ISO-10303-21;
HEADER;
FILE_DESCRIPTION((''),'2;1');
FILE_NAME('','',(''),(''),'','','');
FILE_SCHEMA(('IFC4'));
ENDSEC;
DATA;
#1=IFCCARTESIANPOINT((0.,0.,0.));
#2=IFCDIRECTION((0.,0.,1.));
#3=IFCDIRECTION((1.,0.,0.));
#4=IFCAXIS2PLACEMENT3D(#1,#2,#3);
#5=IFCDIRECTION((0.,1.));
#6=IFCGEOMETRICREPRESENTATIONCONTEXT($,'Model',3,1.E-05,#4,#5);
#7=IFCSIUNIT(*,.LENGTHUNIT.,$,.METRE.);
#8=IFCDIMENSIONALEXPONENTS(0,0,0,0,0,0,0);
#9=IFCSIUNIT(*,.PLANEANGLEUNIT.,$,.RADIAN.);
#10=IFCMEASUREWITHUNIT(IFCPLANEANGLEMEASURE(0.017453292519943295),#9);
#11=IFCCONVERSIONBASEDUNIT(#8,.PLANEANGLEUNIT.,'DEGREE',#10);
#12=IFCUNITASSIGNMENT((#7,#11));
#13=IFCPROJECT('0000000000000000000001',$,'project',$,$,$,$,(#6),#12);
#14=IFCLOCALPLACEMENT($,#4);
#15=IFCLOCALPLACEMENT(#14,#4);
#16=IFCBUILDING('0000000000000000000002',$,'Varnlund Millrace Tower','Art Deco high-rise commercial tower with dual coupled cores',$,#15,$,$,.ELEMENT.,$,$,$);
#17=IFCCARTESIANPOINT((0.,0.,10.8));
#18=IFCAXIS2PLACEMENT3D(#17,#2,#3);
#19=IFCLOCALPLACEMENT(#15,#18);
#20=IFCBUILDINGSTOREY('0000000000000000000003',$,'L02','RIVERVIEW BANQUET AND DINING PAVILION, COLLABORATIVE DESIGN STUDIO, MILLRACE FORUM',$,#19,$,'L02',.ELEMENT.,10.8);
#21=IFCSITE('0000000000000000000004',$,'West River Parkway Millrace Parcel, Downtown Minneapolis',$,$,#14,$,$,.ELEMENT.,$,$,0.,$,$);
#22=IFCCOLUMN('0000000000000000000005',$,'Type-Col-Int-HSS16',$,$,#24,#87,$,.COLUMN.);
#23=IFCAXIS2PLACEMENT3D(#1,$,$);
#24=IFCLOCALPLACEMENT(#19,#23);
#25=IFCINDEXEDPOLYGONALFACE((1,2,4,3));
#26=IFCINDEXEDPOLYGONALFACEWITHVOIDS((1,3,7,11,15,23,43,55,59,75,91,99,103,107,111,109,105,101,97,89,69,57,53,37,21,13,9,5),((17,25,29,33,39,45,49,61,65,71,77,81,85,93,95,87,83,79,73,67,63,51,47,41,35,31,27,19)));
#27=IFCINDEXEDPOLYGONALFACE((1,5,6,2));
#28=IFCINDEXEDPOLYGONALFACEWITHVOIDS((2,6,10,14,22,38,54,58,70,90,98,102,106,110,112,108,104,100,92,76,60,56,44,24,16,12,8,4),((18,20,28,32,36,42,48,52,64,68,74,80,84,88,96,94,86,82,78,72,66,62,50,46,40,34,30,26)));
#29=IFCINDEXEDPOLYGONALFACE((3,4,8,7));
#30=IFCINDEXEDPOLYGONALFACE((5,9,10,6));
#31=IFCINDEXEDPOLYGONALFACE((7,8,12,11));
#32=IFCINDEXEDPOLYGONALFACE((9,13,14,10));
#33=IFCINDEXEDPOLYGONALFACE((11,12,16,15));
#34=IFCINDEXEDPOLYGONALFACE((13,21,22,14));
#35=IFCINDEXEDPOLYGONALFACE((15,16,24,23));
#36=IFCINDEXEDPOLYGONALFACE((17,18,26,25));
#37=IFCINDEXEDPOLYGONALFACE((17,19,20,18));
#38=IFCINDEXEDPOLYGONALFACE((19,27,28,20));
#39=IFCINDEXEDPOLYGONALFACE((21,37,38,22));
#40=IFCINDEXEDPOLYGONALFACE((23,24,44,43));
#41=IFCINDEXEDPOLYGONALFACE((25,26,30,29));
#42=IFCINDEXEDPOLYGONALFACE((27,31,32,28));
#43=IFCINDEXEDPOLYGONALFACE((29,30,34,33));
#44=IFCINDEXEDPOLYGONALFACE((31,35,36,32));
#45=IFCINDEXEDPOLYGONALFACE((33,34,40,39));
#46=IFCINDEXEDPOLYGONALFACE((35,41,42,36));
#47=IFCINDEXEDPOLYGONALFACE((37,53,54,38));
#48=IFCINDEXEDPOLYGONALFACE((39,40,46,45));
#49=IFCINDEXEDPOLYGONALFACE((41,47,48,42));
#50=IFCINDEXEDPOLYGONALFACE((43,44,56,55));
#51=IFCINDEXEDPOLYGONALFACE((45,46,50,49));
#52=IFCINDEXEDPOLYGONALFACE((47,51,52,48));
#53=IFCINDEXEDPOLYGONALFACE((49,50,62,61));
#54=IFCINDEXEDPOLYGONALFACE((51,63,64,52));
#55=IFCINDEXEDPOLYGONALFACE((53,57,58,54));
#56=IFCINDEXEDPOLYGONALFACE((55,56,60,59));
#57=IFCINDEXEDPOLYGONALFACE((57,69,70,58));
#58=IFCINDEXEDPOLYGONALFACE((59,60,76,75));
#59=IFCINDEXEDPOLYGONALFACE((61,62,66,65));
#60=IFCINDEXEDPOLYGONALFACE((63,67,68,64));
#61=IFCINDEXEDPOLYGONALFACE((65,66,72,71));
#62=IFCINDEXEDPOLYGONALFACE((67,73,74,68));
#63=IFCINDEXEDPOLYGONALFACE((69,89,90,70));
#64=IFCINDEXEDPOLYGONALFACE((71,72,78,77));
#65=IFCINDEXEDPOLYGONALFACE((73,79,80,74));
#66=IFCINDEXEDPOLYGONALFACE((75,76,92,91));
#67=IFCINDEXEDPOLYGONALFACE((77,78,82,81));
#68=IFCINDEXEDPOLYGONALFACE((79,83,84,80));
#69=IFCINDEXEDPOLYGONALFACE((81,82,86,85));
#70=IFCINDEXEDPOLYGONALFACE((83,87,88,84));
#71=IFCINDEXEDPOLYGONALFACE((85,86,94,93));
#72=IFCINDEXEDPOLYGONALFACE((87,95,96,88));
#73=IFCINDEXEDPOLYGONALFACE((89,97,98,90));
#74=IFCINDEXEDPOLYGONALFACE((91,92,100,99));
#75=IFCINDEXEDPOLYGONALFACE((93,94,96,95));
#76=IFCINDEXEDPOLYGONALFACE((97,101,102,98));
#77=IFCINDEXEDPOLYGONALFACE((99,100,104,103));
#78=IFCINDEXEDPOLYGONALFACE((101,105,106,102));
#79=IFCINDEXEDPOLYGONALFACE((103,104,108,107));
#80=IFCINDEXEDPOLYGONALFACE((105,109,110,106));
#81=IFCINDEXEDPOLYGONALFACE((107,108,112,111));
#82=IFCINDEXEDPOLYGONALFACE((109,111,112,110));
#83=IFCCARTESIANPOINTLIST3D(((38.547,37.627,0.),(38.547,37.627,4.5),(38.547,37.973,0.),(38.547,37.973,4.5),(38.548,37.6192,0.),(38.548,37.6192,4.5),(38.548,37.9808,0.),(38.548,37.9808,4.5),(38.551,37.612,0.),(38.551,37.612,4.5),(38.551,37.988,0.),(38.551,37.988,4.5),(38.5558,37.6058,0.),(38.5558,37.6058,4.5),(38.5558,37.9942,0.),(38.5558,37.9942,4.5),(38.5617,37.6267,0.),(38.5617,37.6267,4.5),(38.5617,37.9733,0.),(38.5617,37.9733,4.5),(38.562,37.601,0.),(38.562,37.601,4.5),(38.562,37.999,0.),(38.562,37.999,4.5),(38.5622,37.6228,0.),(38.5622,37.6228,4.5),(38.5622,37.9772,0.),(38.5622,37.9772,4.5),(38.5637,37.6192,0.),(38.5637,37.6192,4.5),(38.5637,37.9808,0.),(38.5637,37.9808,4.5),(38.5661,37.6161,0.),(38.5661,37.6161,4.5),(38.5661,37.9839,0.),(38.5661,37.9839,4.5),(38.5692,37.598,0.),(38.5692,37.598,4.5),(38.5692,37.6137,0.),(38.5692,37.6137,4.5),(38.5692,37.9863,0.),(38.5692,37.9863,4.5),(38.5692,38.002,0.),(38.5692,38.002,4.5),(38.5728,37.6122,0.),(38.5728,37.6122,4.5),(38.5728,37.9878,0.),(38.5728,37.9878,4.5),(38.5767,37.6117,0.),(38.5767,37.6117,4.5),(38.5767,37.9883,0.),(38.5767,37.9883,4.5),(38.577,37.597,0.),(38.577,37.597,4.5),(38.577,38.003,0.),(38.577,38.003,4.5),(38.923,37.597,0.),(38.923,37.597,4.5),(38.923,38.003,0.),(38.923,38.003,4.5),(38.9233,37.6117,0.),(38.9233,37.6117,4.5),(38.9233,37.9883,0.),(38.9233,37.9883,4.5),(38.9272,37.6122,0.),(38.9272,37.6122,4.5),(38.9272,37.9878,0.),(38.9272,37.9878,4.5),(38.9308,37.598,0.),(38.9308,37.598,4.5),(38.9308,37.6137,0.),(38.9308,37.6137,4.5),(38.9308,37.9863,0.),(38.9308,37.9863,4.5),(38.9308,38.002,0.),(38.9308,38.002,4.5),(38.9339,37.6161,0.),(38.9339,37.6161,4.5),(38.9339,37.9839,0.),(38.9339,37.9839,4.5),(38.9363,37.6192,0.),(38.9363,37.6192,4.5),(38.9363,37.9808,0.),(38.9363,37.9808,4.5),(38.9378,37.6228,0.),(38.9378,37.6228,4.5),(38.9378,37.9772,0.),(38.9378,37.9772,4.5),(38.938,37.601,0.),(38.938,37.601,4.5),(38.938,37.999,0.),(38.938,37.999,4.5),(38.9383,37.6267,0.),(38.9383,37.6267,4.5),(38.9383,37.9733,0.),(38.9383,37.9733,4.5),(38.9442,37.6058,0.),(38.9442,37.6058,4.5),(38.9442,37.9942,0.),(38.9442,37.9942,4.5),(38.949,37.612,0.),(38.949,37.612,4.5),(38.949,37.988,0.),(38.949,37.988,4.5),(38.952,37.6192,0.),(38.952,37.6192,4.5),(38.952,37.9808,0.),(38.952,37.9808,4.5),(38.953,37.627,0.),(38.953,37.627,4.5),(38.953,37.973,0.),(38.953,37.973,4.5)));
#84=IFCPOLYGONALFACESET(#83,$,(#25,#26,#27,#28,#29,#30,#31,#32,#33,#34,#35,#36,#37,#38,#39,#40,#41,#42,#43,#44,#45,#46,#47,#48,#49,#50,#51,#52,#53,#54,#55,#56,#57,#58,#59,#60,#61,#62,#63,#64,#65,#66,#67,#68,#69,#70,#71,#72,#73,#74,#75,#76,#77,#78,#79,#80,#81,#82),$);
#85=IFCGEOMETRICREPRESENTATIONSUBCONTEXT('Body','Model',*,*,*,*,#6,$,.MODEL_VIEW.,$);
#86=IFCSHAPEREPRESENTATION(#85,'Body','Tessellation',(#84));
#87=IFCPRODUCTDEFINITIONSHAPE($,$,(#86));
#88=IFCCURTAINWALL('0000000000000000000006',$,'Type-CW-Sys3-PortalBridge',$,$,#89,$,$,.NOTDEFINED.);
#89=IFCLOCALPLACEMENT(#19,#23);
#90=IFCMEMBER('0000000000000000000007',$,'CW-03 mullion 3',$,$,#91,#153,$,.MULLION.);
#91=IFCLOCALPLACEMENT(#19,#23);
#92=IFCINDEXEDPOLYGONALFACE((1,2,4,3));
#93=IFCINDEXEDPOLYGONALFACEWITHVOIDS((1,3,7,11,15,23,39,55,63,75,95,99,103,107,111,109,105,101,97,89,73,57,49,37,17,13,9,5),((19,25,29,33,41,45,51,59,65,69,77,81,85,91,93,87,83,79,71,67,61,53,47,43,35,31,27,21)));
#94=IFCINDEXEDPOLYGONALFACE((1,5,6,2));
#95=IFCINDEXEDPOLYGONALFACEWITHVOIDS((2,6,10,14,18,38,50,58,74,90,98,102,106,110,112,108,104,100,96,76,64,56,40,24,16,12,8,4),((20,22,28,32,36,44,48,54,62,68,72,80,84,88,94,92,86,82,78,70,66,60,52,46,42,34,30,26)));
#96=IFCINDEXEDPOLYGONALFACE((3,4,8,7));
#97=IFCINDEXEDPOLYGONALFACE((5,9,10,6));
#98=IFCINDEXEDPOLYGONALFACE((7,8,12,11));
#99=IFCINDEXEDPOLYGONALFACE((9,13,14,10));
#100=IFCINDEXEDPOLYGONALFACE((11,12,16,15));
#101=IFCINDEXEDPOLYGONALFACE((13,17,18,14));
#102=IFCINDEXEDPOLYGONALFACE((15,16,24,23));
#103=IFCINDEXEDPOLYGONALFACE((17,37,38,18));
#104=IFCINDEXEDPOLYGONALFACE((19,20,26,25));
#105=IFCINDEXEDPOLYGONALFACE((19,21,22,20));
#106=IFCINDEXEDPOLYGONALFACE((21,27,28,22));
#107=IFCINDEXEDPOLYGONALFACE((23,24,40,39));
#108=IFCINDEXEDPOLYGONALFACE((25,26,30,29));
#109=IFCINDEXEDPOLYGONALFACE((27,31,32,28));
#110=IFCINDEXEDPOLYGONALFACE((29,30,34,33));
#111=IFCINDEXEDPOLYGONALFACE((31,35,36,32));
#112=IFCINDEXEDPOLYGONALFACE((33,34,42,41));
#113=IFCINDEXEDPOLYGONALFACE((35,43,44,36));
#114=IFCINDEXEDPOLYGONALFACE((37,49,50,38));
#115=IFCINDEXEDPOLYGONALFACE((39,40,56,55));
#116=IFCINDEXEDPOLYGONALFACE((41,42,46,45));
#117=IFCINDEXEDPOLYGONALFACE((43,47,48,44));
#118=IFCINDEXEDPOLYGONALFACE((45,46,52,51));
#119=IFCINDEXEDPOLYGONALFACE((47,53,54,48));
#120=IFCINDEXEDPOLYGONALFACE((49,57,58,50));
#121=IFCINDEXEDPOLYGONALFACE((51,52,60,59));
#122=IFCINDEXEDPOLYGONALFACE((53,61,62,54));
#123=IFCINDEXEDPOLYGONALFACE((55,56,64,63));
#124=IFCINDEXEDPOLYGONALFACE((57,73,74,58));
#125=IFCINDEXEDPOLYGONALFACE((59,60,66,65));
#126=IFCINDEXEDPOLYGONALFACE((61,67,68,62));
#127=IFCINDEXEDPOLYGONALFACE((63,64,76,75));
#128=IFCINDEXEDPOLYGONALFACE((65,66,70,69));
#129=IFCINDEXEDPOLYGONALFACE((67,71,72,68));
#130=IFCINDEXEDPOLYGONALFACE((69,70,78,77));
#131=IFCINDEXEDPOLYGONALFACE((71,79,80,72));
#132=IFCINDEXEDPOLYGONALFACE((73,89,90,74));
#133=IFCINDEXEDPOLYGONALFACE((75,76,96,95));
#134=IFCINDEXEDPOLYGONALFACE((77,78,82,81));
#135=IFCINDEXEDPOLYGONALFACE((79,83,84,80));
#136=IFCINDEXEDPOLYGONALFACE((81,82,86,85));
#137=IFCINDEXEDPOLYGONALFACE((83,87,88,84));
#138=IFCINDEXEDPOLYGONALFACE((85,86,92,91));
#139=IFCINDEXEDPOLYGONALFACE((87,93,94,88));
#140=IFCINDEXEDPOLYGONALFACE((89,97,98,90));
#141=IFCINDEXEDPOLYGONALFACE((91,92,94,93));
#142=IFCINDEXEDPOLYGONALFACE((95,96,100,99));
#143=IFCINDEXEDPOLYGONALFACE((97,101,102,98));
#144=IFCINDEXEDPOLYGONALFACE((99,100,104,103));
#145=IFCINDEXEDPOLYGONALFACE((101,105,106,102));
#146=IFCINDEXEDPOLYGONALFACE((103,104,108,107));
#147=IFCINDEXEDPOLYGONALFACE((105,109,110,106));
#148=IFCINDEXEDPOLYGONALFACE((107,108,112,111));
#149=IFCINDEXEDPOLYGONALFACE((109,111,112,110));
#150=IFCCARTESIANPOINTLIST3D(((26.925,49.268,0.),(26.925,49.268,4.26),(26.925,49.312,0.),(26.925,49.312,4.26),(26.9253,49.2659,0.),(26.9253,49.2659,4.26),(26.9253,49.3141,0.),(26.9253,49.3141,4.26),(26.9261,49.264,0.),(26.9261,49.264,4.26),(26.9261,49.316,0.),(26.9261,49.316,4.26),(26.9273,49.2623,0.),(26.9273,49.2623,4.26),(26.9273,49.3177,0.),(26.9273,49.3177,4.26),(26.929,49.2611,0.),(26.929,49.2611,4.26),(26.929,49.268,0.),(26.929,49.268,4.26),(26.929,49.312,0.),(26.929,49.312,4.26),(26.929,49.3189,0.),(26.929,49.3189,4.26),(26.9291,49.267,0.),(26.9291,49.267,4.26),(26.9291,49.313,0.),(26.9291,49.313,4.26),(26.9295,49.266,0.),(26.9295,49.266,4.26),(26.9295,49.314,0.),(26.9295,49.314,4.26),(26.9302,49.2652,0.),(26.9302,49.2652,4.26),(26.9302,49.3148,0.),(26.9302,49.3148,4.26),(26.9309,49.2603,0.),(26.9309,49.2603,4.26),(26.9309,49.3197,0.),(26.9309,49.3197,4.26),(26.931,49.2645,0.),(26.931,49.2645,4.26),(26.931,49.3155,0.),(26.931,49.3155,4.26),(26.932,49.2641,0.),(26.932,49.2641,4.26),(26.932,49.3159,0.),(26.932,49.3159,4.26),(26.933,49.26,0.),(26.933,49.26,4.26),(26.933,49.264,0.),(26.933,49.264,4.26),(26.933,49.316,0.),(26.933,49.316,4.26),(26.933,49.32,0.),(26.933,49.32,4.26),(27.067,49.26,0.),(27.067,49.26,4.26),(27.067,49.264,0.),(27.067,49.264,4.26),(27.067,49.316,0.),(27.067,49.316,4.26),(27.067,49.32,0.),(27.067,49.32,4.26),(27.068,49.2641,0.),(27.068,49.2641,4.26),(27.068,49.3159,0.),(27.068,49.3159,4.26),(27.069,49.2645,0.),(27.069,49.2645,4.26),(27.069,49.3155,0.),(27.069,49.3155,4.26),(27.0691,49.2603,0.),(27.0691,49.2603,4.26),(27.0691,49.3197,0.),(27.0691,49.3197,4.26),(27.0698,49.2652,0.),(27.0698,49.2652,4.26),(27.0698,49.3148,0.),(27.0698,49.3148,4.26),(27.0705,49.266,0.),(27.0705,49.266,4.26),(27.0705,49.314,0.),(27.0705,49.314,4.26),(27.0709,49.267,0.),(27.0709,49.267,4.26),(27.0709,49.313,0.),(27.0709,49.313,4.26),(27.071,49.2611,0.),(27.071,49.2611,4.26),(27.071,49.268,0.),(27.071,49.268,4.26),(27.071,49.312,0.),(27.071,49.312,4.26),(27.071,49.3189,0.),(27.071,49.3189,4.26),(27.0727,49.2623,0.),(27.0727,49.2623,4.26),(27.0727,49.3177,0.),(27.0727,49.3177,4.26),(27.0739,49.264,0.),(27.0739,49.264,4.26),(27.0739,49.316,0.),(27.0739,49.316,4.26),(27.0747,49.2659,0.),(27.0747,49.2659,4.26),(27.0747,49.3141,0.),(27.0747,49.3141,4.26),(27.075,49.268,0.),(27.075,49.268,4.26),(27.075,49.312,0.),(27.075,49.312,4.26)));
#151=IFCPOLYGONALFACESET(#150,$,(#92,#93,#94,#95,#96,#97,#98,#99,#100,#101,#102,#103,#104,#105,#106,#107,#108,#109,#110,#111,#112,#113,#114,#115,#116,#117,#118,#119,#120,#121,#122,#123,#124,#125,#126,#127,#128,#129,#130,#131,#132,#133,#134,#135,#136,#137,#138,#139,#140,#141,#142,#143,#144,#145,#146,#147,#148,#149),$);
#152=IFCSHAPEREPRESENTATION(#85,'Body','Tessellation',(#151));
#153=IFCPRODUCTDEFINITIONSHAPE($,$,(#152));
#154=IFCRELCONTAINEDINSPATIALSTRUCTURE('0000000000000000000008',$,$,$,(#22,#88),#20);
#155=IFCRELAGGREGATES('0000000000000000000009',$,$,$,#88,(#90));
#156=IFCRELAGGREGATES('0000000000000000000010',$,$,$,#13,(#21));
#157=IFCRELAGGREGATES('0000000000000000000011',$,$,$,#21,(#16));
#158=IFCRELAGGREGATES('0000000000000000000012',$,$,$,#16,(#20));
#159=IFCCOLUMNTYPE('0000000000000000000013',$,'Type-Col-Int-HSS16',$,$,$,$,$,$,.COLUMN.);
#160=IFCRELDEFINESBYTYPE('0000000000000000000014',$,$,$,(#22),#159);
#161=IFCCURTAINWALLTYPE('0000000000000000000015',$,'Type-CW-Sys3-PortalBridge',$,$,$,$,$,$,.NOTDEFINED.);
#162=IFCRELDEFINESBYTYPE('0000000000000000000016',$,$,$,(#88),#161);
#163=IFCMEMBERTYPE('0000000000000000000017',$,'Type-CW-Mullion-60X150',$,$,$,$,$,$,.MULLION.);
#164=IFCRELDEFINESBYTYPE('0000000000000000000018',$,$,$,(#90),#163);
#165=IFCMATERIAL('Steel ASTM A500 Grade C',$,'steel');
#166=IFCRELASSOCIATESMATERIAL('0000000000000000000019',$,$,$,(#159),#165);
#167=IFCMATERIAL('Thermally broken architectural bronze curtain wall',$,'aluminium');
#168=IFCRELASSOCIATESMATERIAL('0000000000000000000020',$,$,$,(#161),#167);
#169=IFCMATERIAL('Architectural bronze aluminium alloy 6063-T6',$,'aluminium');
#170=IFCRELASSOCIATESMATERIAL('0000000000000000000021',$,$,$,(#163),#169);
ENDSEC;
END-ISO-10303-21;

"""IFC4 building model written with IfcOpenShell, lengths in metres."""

from ifc_helpers import new_model, entity, si_unit, converted_unit, direction, frame, origin_with_axes, origin_2d_with_axis, place, context, subcontext, project, spatial, hollow_rectangle, extrude, material, material_profile, profile_set, type_object, element, aggregate, save


model = new_model("IFC4")

# Units and contexts
model_context = context("Model", 3, precision=1e-05, world=origin_with_axes(), true_north=direction((0.0, 1.0)))
body_context = subcontext(model_context, "Body", "Model", "MODEL_VIEW")
ifc_project = project(units=[si_unit("LENGTHUNIT", "METRE"), converted_unit("PLANEANGLEUNIT", "DEGREE", entity("IfcPlaneAngleMeasure", 0.017453292519943295), si_unit("PLANEANGLEUNIT", "RADIAN"), dimensions=[0, 0, 0, 0, 0, 0, 0])], contexts=[model_context])

# Site, building, storey
site_placement = place(None, origin_with_axes())
site = spatial("IfcSite", under=ifc_project, at=site_placement, Name="West River Parkway Millrace Parcel, Downtown Minneapolis", CompositionType="ELEMENT", RefElevation=0.0)
building_placement = place(site_placement, origin_with_axes())
building = spatial("IfcBuilding", under=site, at=building_placement, Name="Varnlund Millrace Tower", Description="Art Deco high-rise commercial tower with dual coupled cores", CompositionType="ELEMENT")
storey_placement = place(building_placement, frame((0.0, 0.0, 10.8), z_axis=(0.0, 0.0, 1.0), x_axis=(1.0, 0.0, 0.0)))
storey = spatial("IfcBuildingStorey", under=building, at=storey_placement, Name="L02", Description="RIVERVIEW BANQUET AND DINING PAVILION, COLLABORATIVE DESIGN STUDIO, MILLRACE FORUM", LongName="L02", CompositionType="ELEMENT", Elevation=10.8)

# Column
ifc_material_1 = material(Name="Steel ASTM A500 Grade C", Category="steel")
ifc_material_profile_1 = material_profile(ifc_material_1, hollow_rectangle(XDim=0.406, YDim=0.406, WallThickness=0.0147, InnerFilletRadius=0.015, OuterFilletRadius=0.03, at=origin_2d_with_axis()), Name="Steel ASTM A500 Grade C")
ifc_profile_set_1 = profile_set([ifc_material_profile_1], Name="Steel ASTM A500 Grade C")
column_type = type_object("IfcColumnType", Name="Type-Col-Int-HSS16", PredefinedType="COLUMN", material=ifc_profile_set_1)
column_placement = place(storey_placement, frame((38.75, 37.8, 0.0), z_axis=(0.0, 0.0, 1.0), x_axis=(1.0, 0.0, 0.0)))
element("IfcColumn", 1, at=column_placement, inside=storey, type_object=column_type, Name="Type-Col-Int-HSS16", PredefinedType="COLUMN", context=body_context, shape_type="SweptSolid", body=[
    extrude(hollow_rectangle(XDim=0.406, YDim=0.406, WallThickness=0.0147, InnerFilletRadius=0.015, OuterFilletRadius=0.03, at=origin_2d_with_axis()), origin_with_axes(), (0.0, 0.0, 1.0), 4.5),
])

# Curtain wall, member
ifc_material_2 = material(Name="Thermally broken architectural bronze curtain wall", Category="aluminium")
curtain_wall_type = type_object("IfcCurtainWallType", Name="Type-CW-Sys3-PortalBridge", PredefinedType="NOTDEFINED", material=ifc_material_2)
curtain_wall_placement = place(storey_placement, frame((24.0, 49.29, 0.0), z_axis=(0.0, 0.0, 1.0), x_axis=(1.0, 0.0, 0.0)))
curtain_wall = element("IfcCurtainWall", 2, at=curtain_wall_placement, inside=storey, type_object=curtain_wall_type, Name="Type-CW-Sys3-PortalBridge", PredefinedType="NOTDEFINED")
ifc_material_3 = material(Name="Architectural bronze aluminium alloy 6063-T6", Category="aluminium")
ifc_material_profile_2 = material_profile(ifc_material_3, hollow_rectangle(XDim=0.06, YDim=0.15, WallThickness=0.004, InnerFilletRadius=0.004, OuterFilletRadius=0.008, at=origin_2d_with_axis()), Name="Architectural bronze aluminium alloy 6063-T6")
ifc_profile_set_2 = profile_set([ifc_material_profile_2], Name="Architectural bronze aluminium alloy 6063-T6")
member_type_1 = type_object("IfcMemberType", Name="Type-CW-Mullion-60X150", PredefinedType="MULLION", material=ifc_profile_set_2)
member_1_placement = place(storey_placement, frame((27.0, 49.29, 0.0), z_axis=(0.0, 0.0, 1.0), x_axis=(0.0, 1.0, 0.0)))
member_1 = element("IfcMember", 3, at=member_1_placement, type_object=member_type_1, Name="CW-03 mullion 3", PredefinedType="MULLION", context=body_context, shape_type="SweptSolid", body=[
    extrude(hollow_rectangle(XDim=0.06, YDim=0.15, WallThickness=0.004, InnerFilletRadius=0.004, OuterFilletRadius=0.008, at=origin_2d_with_axis()), origin_with_axes(), (0.0, 0.0, 1.0), 4.26),
])
aggregate(curtain_wall, [member_1])

save(model, "model.ifc")
